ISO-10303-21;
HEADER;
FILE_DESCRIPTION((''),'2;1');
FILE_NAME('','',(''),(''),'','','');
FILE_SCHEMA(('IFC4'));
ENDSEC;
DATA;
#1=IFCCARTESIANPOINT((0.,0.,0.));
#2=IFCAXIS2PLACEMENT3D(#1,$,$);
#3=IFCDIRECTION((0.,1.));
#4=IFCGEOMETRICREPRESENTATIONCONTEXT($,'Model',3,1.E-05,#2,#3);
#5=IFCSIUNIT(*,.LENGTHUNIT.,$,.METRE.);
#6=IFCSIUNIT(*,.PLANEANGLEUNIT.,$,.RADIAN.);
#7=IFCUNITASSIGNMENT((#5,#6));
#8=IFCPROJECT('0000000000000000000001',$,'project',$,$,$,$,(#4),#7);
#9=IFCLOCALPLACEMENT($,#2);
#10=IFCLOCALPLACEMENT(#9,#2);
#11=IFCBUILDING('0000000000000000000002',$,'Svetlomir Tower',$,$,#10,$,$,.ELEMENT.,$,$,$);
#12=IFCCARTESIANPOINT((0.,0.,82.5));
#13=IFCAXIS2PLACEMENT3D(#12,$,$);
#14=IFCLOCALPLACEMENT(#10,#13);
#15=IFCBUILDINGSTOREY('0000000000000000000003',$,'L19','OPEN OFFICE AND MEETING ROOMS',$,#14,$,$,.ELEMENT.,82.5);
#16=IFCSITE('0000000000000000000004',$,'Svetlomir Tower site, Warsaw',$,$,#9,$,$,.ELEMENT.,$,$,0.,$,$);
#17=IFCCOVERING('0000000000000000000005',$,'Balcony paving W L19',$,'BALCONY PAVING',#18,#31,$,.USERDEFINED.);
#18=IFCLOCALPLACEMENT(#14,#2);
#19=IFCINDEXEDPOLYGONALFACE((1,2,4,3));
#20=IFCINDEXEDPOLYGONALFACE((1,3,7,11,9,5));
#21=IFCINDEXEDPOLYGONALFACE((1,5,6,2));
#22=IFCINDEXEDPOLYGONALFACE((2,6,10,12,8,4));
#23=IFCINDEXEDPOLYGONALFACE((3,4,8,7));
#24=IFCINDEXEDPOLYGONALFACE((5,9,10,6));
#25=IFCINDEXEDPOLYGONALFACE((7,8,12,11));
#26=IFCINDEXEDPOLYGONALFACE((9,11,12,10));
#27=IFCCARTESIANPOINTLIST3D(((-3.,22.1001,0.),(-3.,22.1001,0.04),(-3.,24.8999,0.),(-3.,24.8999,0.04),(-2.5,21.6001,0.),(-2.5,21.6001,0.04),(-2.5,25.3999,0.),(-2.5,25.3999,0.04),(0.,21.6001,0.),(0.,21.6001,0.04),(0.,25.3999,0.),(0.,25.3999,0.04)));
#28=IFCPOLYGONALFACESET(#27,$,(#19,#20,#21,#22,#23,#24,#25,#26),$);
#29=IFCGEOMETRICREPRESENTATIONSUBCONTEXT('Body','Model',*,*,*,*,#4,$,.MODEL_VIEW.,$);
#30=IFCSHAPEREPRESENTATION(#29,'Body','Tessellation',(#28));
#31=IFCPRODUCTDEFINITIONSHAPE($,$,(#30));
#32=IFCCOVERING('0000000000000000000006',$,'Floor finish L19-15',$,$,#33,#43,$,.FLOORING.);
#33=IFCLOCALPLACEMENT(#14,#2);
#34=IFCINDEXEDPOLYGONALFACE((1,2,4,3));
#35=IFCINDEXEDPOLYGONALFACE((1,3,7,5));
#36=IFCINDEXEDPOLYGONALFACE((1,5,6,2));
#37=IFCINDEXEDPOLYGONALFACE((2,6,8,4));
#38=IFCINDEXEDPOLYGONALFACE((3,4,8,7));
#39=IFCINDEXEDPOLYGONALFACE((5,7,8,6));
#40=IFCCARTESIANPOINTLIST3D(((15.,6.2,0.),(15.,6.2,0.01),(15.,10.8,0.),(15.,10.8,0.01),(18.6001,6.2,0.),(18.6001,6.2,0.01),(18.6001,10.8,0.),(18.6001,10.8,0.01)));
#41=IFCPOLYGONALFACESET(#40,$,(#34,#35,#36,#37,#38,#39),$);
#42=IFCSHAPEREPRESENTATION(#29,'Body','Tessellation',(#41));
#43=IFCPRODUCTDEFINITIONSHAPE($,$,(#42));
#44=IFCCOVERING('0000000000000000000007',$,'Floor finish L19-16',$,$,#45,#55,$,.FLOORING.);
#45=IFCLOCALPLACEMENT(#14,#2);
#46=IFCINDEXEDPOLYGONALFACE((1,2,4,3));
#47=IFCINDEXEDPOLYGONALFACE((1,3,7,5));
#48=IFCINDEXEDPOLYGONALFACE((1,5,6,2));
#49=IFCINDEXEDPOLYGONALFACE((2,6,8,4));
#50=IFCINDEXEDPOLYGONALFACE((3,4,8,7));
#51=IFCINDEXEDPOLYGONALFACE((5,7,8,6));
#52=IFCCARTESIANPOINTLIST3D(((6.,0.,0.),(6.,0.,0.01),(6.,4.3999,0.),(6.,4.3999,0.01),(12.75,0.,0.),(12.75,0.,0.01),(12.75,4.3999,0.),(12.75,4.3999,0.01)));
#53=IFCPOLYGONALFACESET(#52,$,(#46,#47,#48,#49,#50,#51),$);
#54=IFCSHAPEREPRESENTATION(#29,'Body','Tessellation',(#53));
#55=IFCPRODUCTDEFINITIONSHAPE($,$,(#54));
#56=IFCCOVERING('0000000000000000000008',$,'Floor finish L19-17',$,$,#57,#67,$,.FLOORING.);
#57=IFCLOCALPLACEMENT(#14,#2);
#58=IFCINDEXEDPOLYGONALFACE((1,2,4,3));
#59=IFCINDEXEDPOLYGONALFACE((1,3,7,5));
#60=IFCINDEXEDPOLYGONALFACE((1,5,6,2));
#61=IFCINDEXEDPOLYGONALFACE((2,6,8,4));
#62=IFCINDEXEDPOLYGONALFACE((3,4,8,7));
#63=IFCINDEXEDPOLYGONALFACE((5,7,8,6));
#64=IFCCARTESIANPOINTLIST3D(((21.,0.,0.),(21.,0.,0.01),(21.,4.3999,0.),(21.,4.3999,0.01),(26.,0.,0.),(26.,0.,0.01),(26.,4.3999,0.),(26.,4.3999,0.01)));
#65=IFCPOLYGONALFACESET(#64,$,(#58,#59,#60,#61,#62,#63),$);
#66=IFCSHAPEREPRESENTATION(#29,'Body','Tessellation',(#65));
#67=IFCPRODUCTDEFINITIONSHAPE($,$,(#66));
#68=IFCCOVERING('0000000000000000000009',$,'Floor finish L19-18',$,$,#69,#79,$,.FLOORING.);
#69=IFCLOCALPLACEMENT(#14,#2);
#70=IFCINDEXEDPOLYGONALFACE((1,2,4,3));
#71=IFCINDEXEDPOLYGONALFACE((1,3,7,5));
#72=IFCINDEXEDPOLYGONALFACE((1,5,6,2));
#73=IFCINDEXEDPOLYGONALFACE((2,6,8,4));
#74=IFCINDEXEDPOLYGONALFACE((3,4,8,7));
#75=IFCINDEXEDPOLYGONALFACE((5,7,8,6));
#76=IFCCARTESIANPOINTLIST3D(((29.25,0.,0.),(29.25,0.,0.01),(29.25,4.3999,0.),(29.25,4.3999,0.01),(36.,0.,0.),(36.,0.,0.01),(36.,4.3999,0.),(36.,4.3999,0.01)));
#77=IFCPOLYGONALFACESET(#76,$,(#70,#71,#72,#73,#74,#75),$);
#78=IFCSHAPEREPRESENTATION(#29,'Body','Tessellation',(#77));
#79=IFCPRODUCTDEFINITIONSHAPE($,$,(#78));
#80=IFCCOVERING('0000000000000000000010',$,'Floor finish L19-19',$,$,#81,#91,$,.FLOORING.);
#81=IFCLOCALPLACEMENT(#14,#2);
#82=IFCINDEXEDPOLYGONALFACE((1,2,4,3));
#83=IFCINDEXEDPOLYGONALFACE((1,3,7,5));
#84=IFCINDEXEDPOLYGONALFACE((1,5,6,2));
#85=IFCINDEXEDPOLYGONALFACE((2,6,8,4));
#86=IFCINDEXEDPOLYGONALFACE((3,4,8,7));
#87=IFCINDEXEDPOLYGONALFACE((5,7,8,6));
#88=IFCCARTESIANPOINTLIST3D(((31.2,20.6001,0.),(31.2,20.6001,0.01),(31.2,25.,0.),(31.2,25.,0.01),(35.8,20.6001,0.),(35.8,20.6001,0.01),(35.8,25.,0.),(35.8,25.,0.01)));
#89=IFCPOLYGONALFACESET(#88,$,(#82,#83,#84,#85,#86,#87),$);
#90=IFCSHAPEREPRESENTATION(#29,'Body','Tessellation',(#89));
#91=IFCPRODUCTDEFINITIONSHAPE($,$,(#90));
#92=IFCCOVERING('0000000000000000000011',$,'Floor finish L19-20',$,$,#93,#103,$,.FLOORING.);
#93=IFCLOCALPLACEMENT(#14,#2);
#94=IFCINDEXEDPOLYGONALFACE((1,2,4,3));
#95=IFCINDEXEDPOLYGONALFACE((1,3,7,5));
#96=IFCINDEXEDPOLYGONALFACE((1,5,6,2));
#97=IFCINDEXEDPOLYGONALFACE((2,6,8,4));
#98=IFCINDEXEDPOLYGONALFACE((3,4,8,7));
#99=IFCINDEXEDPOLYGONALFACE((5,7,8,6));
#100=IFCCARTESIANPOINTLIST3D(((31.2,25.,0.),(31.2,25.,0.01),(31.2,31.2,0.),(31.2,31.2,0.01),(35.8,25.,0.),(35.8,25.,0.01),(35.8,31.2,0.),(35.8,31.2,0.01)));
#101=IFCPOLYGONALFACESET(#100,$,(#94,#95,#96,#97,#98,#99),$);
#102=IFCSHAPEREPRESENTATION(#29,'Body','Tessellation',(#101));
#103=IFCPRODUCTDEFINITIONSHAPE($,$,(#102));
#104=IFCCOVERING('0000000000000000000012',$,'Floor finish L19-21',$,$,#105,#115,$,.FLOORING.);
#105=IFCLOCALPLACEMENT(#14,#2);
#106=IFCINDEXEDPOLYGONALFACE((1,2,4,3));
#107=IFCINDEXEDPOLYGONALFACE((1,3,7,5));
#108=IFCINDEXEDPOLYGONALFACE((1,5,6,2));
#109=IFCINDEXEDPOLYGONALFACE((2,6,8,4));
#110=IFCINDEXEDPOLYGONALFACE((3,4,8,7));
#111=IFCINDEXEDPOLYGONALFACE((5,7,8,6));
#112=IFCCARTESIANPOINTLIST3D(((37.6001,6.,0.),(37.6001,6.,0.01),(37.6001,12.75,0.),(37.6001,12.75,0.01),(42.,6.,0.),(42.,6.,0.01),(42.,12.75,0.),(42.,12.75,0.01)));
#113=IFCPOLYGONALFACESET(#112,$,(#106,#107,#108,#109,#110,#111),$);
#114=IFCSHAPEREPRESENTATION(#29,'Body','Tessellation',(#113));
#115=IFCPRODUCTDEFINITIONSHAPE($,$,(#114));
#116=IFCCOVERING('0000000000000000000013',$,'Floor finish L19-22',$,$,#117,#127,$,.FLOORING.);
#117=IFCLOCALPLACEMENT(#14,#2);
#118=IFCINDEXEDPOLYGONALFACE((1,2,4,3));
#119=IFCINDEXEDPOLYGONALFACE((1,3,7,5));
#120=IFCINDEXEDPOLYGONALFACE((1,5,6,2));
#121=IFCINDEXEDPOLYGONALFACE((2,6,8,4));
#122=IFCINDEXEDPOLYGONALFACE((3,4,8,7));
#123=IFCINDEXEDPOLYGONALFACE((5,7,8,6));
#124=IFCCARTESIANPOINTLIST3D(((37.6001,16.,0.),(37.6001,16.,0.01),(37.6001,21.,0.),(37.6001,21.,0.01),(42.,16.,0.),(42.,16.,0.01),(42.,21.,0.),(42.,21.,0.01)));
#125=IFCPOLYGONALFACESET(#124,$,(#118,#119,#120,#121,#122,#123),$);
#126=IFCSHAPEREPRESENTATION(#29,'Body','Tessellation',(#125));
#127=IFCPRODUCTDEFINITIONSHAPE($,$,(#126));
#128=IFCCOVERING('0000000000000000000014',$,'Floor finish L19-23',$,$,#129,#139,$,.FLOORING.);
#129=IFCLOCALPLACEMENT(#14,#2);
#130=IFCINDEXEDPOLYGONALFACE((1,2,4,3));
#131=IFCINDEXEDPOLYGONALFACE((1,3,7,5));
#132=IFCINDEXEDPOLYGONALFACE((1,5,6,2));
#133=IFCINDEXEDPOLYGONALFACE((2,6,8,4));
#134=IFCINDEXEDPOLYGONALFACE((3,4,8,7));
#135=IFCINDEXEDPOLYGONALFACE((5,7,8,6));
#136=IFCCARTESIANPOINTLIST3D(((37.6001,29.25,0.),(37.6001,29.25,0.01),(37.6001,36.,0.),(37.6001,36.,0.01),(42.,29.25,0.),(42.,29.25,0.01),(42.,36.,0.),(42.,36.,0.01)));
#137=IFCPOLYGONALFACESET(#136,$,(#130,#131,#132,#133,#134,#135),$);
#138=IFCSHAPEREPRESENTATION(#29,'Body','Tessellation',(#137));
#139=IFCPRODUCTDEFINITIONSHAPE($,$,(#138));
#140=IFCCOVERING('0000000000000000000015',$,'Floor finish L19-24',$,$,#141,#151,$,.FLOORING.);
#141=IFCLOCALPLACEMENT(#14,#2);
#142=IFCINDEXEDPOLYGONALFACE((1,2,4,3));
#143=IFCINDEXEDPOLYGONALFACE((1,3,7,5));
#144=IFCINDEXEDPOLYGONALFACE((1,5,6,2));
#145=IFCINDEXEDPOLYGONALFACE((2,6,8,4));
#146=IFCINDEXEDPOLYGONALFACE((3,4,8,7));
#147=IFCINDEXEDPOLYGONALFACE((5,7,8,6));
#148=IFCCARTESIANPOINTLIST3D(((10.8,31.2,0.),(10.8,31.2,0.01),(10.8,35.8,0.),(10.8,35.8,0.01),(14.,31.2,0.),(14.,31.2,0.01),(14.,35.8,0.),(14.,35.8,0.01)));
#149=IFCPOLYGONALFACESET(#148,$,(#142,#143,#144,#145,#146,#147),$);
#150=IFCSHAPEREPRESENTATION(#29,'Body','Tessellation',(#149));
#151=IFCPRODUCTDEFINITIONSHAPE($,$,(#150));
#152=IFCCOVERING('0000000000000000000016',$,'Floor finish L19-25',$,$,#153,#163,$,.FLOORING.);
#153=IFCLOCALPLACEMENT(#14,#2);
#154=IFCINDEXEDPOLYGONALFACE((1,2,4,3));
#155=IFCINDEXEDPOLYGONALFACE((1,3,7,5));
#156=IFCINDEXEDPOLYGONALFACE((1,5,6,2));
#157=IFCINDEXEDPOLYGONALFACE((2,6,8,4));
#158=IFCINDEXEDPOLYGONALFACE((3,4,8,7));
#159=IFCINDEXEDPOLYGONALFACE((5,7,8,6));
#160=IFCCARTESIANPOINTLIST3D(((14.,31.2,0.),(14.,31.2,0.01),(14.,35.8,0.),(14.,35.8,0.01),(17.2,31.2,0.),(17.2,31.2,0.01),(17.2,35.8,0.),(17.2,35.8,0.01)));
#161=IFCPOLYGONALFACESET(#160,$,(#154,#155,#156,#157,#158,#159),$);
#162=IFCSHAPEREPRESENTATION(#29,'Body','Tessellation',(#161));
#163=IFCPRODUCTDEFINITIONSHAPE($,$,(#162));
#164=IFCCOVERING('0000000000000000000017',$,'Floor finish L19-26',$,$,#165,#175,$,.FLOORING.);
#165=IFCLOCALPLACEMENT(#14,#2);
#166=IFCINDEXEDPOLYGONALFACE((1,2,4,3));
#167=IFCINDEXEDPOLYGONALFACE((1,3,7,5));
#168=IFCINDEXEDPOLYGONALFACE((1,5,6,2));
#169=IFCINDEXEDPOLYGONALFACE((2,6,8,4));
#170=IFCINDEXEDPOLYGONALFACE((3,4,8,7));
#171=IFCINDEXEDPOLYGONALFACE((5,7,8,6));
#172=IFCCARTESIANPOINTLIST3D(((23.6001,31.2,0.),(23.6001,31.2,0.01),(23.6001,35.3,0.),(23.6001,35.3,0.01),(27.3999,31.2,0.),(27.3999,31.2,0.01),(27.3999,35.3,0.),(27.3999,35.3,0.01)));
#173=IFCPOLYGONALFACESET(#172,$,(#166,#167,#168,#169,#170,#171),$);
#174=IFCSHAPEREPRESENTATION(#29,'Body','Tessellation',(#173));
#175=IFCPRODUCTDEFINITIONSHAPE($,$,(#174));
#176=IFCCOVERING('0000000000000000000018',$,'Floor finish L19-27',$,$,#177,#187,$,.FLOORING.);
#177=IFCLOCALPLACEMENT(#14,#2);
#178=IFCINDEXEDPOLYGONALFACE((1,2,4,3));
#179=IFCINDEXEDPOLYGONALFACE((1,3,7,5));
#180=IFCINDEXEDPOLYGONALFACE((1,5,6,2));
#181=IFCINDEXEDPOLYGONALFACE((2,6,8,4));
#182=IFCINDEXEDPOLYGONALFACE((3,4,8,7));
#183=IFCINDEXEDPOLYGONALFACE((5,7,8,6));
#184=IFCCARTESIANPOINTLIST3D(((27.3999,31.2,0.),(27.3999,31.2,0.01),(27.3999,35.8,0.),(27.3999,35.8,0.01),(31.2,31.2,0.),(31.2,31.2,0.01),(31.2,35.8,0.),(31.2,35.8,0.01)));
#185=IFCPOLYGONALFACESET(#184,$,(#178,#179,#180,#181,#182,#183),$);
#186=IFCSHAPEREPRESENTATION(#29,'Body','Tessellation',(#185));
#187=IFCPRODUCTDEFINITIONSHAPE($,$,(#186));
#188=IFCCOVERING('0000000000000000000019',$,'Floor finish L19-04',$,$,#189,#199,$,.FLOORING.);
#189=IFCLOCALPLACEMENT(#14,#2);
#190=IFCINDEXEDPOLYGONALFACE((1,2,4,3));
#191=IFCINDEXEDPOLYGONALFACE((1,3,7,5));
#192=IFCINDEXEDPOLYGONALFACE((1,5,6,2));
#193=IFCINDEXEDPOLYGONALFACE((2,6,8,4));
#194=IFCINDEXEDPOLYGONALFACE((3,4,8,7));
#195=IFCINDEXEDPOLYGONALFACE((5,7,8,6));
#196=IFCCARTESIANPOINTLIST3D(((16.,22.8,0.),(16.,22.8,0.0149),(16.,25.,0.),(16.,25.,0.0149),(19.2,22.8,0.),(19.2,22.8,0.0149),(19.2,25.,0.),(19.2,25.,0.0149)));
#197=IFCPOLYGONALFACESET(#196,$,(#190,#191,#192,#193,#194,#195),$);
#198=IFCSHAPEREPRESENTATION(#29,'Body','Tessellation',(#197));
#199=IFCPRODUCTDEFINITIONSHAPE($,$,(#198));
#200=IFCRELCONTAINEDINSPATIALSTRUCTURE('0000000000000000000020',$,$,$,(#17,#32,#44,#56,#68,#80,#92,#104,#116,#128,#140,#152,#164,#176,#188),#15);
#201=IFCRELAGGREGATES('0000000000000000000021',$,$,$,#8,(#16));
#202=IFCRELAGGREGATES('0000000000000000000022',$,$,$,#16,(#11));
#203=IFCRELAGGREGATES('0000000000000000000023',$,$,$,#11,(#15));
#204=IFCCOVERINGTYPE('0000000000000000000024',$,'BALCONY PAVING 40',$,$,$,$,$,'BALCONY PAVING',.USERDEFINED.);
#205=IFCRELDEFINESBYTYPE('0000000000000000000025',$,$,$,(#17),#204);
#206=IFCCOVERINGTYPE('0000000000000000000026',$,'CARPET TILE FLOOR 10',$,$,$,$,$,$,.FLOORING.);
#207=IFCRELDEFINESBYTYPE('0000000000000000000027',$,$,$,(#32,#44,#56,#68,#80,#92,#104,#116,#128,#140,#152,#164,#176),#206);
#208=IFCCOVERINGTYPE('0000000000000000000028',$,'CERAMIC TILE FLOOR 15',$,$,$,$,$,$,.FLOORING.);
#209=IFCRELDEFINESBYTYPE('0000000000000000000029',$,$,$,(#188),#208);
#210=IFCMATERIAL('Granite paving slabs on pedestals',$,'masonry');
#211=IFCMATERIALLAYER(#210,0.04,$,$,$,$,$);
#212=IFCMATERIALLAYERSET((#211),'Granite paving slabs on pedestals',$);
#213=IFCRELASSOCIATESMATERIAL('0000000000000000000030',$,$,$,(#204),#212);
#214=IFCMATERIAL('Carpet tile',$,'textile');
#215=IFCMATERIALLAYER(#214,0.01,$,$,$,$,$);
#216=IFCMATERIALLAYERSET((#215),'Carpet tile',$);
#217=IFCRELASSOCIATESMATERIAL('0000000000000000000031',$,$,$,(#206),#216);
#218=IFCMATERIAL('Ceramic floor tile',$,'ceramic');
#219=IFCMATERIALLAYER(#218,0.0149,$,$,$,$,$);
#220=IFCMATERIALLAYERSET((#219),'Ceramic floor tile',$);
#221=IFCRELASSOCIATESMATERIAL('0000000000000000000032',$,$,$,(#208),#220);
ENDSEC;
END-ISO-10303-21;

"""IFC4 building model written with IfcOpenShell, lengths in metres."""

from ifc_helpers import new_model, si_unit, direction, frame, origin, place, context, subcontext, project, spatial, polyline, outline, extrude, material, layer, layer_set, type_object, element, save


model = new_model("IFC4")

# Units and contexts
model_context = context("Model", 3, precision=1e-05, world=origin(), true_north=direction((0.0, 1.0)))
body_context = subcontext(model_context, "Body", "Model", "MODEL_VIEW")
ifc_project = project(units=[si_unit("LENGTHUNIT", "METRE"), si_unit("PLANEANGLEUNIT", "RADIAN")], contexts=[model_context])

# Site, building, storey
site_placement = place(None, origin())
site = spatial("IfcSite", under=ifc_project, at=site_placement, Name="Svetlomir Tower site, Warsaw", CompositionType="ELEMENT", RefElevation=0.0)
building_placement = place(site_placement, origin())
building = spatial("IfcBuilding", under=site, at=building_placement, Name="Svetlomir Tower", CompositionType="ELEMENT")
storey_placement = place(building_placement, frame((0.0, 0.0, 82.5)))
storey = spatial("IfcBuildingStorey", under=building, at=storey_placement, Name="L19", Description="OPEN OFFICE AND MEETING ROOMS", CompositionType="ELEMENT", Elevation=82.5)

# Coverings
ifc_material_1 = material(Name="Granite paving slabs on pedestals", Category="masonry")
ifc_layer_1 = layer(ifc_material_1, 0.04)
ifc_layer_set_1 = layer_set([ifc_layer_1], Name="Granite paving slabs on pedestals")
covering_type_1 = type_object("IfcCoveringType", Name="BALCONY PAVING 40", ElementType="BALCONY PAVING", PredefinedType="USERDEFINED", material=ifc_layer_set_1)
covering_1_placement = place(storey_placement, origin())
element("IfcCovering", 1, at=covering_1_placement, inside=storey, type_object=covering_type_1, Name="Balcony paving W L19", ObjectType="BALCONY PAVING", PredefinedType="USERDEFINED", context=body_context, shape_type="SweptSolid", body=[
    extrude(outline(polyline([(-2.5, 21.6001), (0.0, 21.6001), (0.0, 25.3999), (-2.5, 25.3999), (-3.0, 24.8999), (-3.0, 22.1001), (-2.5, 21.6001)])), origin(), (0.0, 0.0, 1.0), 0.04),
])
ifc_material_2 = material(Name="Carpet tile", Category="textile")
ifc_layer_2 = layer(ifc_material_2, 0.01)
ifc_layer_set_2 = layer_set([ifc_layer_2], Name="Carpet tile")
covering_type_2 = type_object("IfcCoveringType", Name="CARPET TILE FLOOR 10", PredefinedType="FLOORING", material=ifc_layer_set_2)
covering_2_placement = place(storey_placement, origin())
element("IfcCovering", 2, at=covering_2_placement, inside=storey, type_object=covering_type_2, Name="Floor finish L19-15", PredefinedType="FLOORING", context=body_context, shape_type="SweptSolid", body=[
    extrude(outline(polyline([(15.0, 6.2), (18.6001, 6.2), (18.6001, 10.8), (15.0, 10.8), (15.0, 6.2)])), origin(), (0.0, 0.0, 1.0), 0.01),
])
covering_3_placement = place(storey_placement, origin())
element("IfcCovering", 3, at=covering_3_placement, inside=storey, type_object=covering_type_2, Name="Floor finish L19-16", PredefinedType="FLOORING", context=body_context, shape_type="SweptSolid", body=[
    extrude(outline(polyline([(6.0, 0.0), (12.75, 0.0), (12.75, 4.3999), (6.0, 4.3999), (6.0, 0.0)])), origin(), (0.0, 0.0, 1.0), 0.01),
])
covering_4_placement = place(storey_placement, origin())
element("IfcCovering", 4, at=covering_4_placement, inside=storey, type_object=covering_type_2, Name="Floor finish L19-17", PredefinedType="FLOORING", context=body_context, shape_type="SweptSolid", body=[
    extrude(outline(polyline([(21.0, 0.0), (26.0, 0.0), (26.0, 4.3999), (21.0, 4.3999), (21.0, 0.0)])), origin(), (0.0, 0.0, 1.0), 0.01),
])
covering_5_placement = place(storey_placement, origin())
element("IfcCovering", 5, at=covering_5_placement, inside=storey, type_object=covering_type_2, Name="Floor finish L19-18", PredefinedType="FLOORING", context=body_context, shape_type="SweptSolid", body=[
    extrude(outline(polyline([(29.25, 0.0), (36.0, 0.0), (36.0, 4.3999), (29.25, 4.3999), (29.25, 0.0)])), origin(), (0.0, 0.0, 1.0), 0.01),
])
covering_6_placement = place(storey_placement, origin())
element("IfcCovering", 6, at=covering_6_placement, inside=storey, type_object=covering_type_2, Name="Floor finish L19-19", PredefinedType="FLOORING", context=body_context, shape_type="SweptSolid", body=[
    extrude(outline(polyline([(31.2, 20.6001), (35.8, 20.6001), (35.8, 25.0), (31.2, 25.0), (31.2, 20.6001)])), origin(), (0.0, 0.0, 1.0), 0.01),
])
covering_7_placement = place(storey_placement, origin())
element("IfcCovering", 7, at=covering_7_placement, inside=storey, type_object=covering_type_2, Name="Floor finish L19-20", PredefinedType="FLOORING", context=body_context, shape_type="SweptSolid", body=[
    extrude(outline(polyline([(31.2, 25.0), (35.8, 25.0), (35.8, 31.2), (31.2, 31.2), (31.2, 25.0)])), origin(), (0.0, 0.0, 1.0), 0.01),
])
covering_8_placement = place(storey_placement, origin())
element("IfcCovering", 8, at=covering_8_placement, inside=storey, type_object=covering_type_2, Name="Floor finish L19-21", PredefinedType="FLOORING", context=body_context, shape_type="SweptSolid", body=[
    extrude(outline(polyline([(37.6001, 6.0), (42.0, 6.0), (42.0, 12.75), (37.6001, 12.75), (37.6001, 6.0)])), origin(), (0.0, 0.0, 1.0), 0.01),
])
covering_9_placement = place(storey_placement, origin())
element("IfcCovering", 9, at=covering_9_placement, inside=storey, type_object=covering_type_2, Name="Floor finish L19-22", PredefinedType="FLOORING", context=body_context, shape_type="SweptSolid", body=[
    extrude(outline(polyline([(37.6001, 16.0), (42.0, 16.0), (42.0, 21.0), (37.6001, 21.0), (37.6001, 16.0)])), origin(), (0.0, 0.0, 1.0), 0.01),
])
covering_10_placement = place(storey_placement, origin())
element("IfcCovering", 10, at=covering_10_placement, inside=storey, type_object=covering_type_2, Name="Floor finish L19-23", PredefinedType="FLOORING", context=body_context, shape_type="SweptSolid", body=[
    extrude(outline(polyline([(37.6001, 29.25), (42.0, 29.25), (42.0, 36.0), (37.6001, 36.0), (37.6001, 29.25)])), origin(), (0.0, 0.0, 1.0), 0.01),
])
covering_11_placement = place(storey_placement, origin())
element("IfcCovering", 11, at=covering_11_placement, inside=storey, type_object=covering_type_2, Name="Floor finish L19-24", PredefinedType="FLOORING", context=body_context, shape_type="SweptSolid", body=[
    extrude(outline(polyline([(10.8, 31.2), (14.0, 31.2), (14.0, 35.8), (10.8, 35.8), (10.8, 31.2)])), origin(), (0.0, 0.0, 1.0), 0.01),
])
covering_12_placement = place(storey_placement, origin())
element("IfcCovering", 12, at=covering_12_placement, inside=storey, type_object=covering_type_2, Name="Floor finish L19-25", PredefinedType="FLOORING", context=body_context, shape_type="SweptSolid", body=[
    extrude(outline(polyline([(14.0, 31.2), (17.2, 31.2), (17.2, 35.8), (14.0, 35.8), (14.0, 31.2)])), origin(), (0.0, 0.0, 1.0), 0.01),
])
covering_13_placement = place(storey_placement, origin())
element("IfcCovering", 13, at=covering_13_placement, inside=storey, type_object=covering_type_2, Name="Floor finish L19-26", PredefinedType="FLOORING", context=body_context, shape_type="SweptSolid", body=[
    extrude(outline(polyline([(23.6001, 31.2), (27.3999, 31.2), (27.3999, 35.3), (23.6001, 35.3), (23.6001, 31.2)])), origin(), (0.0, 0.0, 1.0), 0.01),
])
covering_14_placement = place(storey_placement, origin())
element("IfcCovering", 14, at=covering_14_placement, inside=storey, type_object=covering_type_2, Name="Floor finish L19-27", PredefinedType="FLOORING", context=body_context, shape_type="SweptSolid", body=[
    extrude(outline(polyline([(27.3999, 31.2), (31.2, 31.2), (31.2, 35.8), (27.3999, 35.8), (27.3999, 31.2)])), origin(), (0.0, 0.0, 1.0), 0.01),
])
ifc_material_3 = material(Name="Ceramic floor tile", Category="ceramic")
ifc_layer_3 = layer(ifc_material_3, 0.0149)
ifc_layer_set_3 = layer_set([ifc_layer_3], Name="Ceramic floor tile")
covering_type_3 = type_object("IfcCoveringType", Name="CERAMIC TILE FLOOR 15", PredefinedType="FLOORING", material=ifc_layer_set_3)
covering_15_placement = place(storey_placement, origin())
element("IfcCovering", 15, at=covering_15_placement, inside=storey, type_object=covering_type_3, Name="Floor finish L19-04", PredefinedType="FLOORING", context=body_context, shape_type="SweptSolid", body=[
    extrude(outline(polyline([(16.0, 22.8), (19.2, 22.8), (19.2, 25.0), (16.0, 25.0), (16.0, 22.8)])), origin(), (0.0, 0.0, 1.0), 0.0149),
])

save(model, "model.ifc")
